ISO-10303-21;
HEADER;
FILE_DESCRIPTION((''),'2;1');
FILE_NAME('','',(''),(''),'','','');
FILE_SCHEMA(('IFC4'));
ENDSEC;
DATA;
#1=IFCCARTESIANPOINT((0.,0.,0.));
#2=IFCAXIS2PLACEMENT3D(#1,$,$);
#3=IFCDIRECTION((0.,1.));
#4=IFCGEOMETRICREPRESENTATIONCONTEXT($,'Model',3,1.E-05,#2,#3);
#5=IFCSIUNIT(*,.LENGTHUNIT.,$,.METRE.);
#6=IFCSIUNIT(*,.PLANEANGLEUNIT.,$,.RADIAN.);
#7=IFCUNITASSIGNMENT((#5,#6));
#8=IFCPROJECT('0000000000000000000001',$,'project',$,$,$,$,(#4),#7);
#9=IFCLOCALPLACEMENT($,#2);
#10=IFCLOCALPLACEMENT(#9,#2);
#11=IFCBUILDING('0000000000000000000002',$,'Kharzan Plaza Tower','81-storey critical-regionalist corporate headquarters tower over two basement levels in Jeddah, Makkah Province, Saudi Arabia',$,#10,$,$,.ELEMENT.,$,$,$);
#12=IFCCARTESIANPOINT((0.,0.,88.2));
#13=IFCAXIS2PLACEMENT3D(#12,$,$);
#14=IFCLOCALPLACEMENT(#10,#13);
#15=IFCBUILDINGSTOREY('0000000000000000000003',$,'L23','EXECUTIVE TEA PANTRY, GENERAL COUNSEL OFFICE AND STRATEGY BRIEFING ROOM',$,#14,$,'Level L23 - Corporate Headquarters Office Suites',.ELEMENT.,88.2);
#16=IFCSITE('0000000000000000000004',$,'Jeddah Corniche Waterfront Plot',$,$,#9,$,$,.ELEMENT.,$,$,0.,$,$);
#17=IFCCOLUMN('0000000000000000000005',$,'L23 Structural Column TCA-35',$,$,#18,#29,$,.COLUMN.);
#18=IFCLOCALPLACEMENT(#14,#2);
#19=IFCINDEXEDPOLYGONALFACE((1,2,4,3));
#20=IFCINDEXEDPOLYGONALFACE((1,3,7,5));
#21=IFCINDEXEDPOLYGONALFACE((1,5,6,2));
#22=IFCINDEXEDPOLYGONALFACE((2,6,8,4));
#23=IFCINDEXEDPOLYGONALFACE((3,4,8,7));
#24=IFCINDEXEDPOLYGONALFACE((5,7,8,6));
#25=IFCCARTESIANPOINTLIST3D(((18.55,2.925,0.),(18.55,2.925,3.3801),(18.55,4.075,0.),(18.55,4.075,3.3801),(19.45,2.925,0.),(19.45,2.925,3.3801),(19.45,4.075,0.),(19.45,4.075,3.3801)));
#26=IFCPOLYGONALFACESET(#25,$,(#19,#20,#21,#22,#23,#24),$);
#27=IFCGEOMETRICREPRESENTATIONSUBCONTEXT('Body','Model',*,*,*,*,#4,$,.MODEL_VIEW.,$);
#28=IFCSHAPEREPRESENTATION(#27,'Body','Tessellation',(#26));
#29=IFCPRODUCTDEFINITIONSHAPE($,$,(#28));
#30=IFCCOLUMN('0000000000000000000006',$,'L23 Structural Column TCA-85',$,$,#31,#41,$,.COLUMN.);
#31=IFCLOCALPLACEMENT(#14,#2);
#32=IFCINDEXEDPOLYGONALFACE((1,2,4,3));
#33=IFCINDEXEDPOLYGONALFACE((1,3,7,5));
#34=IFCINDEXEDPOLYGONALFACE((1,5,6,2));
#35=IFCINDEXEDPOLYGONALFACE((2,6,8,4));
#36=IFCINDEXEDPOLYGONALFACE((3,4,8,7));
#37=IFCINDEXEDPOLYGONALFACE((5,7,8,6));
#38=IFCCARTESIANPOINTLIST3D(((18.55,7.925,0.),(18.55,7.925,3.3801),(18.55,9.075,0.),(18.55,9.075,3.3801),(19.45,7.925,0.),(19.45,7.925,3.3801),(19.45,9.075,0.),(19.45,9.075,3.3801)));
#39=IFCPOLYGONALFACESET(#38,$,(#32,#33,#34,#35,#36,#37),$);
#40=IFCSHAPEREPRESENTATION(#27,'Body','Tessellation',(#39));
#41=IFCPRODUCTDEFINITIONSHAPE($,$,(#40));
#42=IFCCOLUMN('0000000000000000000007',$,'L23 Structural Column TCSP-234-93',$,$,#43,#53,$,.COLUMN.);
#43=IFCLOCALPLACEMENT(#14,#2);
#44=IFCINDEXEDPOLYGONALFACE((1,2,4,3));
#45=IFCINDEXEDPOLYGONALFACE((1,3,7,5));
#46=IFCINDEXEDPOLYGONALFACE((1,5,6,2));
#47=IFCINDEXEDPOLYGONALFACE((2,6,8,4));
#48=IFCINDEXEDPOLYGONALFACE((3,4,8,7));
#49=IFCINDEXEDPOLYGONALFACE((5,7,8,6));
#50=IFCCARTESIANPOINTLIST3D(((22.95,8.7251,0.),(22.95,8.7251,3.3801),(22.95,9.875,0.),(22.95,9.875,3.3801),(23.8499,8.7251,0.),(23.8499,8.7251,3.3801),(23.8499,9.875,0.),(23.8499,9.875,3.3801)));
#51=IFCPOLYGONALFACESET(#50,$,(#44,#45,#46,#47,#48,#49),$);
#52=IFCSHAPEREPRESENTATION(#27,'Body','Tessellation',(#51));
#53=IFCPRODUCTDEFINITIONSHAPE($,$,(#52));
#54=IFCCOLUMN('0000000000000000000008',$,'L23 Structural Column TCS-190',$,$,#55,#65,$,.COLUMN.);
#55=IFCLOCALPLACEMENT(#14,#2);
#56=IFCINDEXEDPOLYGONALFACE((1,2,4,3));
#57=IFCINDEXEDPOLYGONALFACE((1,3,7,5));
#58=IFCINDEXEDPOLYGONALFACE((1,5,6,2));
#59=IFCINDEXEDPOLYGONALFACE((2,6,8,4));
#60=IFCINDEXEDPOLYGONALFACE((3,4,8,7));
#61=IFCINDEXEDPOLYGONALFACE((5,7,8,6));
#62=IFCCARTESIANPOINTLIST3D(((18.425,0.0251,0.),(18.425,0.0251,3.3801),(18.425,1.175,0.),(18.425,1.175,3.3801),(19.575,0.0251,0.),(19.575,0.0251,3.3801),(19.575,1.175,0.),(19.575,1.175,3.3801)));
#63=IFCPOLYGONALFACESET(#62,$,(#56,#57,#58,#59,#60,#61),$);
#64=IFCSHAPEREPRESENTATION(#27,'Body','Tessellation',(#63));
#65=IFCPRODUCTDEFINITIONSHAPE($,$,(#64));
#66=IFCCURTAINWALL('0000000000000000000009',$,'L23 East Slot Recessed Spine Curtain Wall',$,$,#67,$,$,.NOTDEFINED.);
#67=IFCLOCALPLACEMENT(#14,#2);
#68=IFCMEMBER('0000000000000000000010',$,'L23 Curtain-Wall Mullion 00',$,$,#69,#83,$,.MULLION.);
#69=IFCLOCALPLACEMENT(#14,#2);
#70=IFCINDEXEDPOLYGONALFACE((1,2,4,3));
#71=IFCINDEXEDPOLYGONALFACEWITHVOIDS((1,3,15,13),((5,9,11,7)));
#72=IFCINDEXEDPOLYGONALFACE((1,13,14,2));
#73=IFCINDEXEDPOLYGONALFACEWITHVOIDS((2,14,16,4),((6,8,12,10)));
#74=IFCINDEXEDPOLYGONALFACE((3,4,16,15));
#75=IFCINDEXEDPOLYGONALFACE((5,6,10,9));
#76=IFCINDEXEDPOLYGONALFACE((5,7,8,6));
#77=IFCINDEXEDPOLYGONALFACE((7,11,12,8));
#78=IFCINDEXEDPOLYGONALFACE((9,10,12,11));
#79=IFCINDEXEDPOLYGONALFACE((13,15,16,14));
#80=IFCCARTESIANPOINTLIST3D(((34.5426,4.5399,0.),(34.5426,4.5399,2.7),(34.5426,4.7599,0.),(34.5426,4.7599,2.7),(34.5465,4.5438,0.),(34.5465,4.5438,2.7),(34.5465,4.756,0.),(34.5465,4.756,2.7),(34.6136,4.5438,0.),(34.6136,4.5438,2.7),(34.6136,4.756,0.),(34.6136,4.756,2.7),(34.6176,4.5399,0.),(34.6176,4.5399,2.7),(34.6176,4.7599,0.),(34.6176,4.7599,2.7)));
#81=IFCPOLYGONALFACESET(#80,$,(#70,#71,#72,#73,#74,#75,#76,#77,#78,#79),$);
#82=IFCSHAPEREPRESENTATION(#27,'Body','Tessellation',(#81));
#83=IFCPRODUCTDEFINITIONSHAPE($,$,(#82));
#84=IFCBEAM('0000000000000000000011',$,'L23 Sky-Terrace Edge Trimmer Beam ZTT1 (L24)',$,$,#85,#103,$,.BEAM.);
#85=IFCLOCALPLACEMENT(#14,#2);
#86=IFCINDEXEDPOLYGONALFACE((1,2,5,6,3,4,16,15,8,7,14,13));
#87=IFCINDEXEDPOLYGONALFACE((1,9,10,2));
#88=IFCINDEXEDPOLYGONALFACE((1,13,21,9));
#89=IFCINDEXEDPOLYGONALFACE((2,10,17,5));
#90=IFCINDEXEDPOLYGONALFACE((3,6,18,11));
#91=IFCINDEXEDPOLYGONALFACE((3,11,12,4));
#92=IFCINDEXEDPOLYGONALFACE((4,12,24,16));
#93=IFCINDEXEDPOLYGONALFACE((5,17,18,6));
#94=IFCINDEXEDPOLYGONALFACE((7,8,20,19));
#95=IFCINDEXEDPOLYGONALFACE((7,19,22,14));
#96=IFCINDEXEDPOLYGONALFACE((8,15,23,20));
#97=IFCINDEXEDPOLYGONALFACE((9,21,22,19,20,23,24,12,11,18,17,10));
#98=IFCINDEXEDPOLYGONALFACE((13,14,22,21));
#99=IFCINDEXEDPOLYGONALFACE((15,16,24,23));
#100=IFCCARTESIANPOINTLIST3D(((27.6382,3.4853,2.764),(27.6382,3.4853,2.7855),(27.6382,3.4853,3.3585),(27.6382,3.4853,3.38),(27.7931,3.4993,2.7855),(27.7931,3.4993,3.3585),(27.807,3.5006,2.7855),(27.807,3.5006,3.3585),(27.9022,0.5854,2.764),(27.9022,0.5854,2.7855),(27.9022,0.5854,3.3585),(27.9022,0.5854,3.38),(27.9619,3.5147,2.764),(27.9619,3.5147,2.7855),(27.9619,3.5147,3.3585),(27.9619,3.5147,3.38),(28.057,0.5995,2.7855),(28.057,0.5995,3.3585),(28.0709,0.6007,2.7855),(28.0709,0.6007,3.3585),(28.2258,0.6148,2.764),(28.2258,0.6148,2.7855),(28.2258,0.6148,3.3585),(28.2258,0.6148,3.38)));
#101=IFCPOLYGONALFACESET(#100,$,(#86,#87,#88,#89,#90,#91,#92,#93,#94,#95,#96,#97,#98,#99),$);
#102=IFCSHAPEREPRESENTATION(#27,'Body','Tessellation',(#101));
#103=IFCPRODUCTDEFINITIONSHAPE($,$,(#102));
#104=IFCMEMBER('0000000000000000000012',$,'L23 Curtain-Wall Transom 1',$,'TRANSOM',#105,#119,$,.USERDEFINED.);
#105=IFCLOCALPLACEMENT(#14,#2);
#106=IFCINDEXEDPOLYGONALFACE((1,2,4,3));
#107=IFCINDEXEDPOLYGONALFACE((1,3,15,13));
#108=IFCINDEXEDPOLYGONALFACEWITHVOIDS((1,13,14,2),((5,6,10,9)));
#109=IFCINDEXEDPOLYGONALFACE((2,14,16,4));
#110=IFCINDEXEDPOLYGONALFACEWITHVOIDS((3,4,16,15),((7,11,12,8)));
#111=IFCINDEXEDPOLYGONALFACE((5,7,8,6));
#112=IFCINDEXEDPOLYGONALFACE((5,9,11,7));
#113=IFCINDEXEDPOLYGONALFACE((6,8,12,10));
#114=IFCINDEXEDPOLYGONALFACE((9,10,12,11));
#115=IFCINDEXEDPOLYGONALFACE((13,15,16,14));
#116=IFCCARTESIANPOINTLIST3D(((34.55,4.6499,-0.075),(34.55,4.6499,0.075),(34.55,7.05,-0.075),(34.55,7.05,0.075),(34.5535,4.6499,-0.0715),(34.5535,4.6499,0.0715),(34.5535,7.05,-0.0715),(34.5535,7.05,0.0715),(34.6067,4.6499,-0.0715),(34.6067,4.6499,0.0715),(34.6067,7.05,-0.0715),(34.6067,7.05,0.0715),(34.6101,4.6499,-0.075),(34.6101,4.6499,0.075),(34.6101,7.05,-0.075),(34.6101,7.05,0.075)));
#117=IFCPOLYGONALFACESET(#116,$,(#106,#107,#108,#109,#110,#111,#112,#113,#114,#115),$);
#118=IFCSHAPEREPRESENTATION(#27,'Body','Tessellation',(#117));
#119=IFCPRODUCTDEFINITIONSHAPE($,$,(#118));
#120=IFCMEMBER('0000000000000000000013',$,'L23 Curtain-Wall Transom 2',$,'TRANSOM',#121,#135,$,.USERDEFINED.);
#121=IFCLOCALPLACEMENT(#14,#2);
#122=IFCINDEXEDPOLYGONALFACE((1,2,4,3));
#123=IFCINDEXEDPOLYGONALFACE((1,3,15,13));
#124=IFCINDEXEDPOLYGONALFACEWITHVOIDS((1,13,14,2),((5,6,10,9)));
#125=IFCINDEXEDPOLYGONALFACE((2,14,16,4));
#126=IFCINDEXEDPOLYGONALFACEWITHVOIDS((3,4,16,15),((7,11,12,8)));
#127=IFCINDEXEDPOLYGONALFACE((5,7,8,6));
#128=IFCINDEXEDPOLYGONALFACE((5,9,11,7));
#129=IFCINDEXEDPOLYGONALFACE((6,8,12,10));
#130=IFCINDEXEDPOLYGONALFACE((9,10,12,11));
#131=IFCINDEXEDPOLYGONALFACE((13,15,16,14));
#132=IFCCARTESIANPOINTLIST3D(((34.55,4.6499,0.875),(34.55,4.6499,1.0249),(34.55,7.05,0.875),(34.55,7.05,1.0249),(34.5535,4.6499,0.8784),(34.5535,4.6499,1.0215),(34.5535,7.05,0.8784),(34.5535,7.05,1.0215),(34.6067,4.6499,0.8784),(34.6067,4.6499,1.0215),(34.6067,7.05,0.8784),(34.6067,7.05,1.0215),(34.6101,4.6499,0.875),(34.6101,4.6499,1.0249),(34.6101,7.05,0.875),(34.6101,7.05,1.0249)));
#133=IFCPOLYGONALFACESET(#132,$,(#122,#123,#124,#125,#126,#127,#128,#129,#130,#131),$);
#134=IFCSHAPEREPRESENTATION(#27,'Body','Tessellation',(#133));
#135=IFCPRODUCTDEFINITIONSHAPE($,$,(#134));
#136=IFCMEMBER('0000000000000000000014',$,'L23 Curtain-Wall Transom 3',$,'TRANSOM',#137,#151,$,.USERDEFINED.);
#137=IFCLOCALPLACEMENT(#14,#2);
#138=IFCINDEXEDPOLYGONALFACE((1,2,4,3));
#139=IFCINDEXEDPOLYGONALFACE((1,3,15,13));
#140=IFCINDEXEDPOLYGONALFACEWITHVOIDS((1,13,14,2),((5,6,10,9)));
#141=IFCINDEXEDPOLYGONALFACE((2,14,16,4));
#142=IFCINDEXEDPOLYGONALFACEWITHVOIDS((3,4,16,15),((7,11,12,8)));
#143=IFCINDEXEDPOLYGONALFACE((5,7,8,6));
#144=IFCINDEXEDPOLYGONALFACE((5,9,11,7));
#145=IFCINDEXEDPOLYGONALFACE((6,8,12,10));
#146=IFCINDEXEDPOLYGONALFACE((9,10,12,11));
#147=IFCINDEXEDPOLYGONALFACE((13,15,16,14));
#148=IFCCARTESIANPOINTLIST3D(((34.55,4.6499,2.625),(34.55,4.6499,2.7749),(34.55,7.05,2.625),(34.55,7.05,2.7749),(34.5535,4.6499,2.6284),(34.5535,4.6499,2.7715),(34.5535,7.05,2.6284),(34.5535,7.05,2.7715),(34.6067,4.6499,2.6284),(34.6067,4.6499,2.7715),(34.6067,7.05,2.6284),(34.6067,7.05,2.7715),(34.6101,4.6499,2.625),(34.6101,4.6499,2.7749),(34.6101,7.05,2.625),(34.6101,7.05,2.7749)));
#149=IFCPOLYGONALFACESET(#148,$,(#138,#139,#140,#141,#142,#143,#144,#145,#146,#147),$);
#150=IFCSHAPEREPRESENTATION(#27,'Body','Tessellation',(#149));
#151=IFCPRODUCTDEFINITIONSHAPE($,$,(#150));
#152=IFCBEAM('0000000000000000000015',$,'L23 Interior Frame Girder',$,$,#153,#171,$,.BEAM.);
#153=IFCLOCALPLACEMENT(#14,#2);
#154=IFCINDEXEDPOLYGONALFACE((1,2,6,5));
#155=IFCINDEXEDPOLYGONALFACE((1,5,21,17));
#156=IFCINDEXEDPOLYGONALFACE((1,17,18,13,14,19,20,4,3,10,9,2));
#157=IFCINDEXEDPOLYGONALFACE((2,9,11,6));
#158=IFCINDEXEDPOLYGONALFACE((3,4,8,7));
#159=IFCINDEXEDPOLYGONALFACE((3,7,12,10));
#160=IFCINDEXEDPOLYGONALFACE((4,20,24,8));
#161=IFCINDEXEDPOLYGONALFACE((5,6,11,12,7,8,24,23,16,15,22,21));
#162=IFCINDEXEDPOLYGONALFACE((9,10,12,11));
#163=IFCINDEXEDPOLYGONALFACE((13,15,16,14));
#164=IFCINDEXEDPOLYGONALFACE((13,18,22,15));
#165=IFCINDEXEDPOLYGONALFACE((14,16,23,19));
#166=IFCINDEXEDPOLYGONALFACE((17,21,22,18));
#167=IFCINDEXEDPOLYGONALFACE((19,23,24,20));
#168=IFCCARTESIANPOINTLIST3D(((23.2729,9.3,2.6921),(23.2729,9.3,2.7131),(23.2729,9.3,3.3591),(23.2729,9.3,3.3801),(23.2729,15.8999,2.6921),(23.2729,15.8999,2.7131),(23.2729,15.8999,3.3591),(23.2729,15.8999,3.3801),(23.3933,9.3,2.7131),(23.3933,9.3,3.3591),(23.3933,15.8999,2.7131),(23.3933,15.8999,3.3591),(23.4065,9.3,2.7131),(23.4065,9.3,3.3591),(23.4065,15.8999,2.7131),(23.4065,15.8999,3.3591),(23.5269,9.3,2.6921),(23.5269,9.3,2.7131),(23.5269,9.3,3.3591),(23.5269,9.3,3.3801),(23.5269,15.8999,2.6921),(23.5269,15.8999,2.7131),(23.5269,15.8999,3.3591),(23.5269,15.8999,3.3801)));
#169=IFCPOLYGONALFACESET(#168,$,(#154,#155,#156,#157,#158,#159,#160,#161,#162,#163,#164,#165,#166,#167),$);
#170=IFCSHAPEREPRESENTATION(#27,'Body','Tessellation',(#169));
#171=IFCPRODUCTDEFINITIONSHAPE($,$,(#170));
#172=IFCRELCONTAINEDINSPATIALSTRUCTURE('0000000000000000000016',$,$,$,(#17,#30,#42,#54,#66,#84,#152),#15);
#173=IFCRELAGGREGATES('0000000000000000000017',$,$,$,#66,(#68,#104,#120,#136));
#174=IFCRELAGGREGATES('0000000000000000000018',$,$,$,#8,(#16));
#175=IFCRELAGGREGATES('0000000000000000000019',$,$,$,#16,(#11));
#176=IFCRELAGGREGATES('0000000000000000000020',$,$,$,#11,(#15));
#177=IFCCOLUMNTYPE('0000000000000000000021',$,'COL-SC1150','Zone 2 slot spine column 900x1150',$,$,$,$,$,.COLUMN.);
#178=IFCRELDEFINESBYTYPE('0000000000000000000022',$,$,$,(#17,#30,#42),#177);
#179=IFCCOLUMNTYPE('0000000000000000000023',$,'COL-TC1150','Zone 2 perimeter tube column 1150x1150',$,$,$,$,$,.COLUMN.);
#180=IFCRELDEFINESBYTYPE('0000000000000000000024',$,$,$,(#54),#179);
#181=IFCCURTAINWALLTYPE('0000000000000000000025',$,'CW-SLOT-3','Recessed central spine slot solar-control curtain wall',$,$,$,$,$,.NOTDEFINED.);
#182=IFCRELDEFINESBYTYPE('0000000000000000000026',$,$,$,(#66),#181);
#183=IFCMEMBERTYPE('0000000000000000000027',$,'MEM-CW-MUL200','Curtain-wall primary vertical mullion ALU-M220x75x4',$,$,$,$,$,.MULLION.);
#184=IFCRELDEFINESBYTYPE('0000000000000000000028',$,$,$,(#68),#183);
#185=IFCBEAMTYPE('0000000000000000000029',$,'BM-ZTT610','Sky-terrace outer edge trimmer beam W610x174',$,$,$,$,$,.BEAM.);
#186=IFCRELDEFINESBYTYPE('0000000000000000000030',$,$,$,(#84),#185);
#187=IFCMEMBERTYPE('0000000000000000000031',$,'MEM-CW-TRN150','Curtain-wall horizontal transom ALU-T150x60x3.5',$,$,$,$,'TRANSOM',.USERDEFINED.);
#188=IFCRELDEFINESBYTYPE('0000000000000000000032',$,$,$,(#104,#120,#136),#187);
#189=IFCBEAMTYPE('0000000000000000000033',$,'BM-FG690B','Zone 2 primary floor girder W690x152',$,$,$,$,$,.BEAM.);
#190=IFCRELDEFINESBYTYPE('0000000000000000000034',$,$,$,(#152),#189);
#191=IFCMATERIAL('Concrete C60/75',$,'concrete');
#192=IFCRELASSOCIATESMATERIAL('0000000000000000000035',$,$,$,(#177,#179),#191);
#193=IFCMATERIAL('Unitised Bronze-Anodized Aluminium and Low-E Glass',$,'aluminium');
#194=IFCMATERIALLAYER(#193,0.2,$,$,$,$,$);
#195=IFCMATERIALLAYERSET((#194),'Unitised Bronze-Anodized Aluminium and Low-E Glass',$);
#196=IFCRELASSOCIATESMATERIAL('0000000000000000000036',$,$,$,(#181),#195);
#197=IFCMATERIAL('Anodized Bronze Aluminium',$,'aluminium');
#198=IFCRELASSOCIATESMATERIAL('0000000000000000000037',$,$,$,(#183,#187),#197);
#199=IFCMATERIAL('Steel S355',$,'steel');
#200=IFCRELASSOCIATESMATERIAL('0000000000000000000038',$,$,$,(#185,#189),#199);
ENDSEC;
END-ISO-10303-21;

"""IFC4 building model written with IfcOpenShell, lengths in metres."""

from ifc_helpers import new_model, si_unit, direction, frame, origin, origin_2d, place, context, subcontext, project, spatial, rectangle, hollow_rectangle, i_section, extrude, source, transform, mapped, material, layer, layer_set, material_profile, profile_set, type_object, element, aggregate, save


model = new_model("IFC4")

# Units and contexts
model_context = context("Model", 3, precision=1e-05, world=origin(), true_north=direction((0.0, 1.0)))
body_context = subcontext(model_context, "Body", "Model", "MODEL_VIEW")
ifc_project = project(units=[si_unit("LENGTHUNIT", "METRE"), si_unit("PLANEANGLEUNIT", "RADIAN")], contexts=[model_context])

# Site, building, storey
site_placement = place(None, origin())
site = spatial("IfcSite", under=ifc_project, at=site_placement, Name="Jeddah Corniche Waterfront Plot", CompositionType="ELEMENT", RefElevation=0.0)
building_placement = place(site_placement, origin())
building = spatial("IfcBuilding", under=site, at=building_placement, Name="Kharzan Plaza Tower", Description="81-storey critical-regionalist corporate headquarters tower over two basement levels in Jeddah, Makkah Province, Saudi Arabia", CompositionType="ELEMENT")
storey_placement = place(building_placement, frame((0.0, 0.0, 88.2)))
storey = spatial("IfcBuildingStorey", under=building, at=storey_placement, Name="L23", Description="EXECUTIVE TEA PANTRY, GENERAL COUNSEL OFFICE AND STRATEGY BRIEFING ROOM", LongName="Level L23 - Corporate Headquarters Office Suites", CompositionType="ELEMENT", Elevation=88.2)

# Columns
ifc_material_1 = material(Name="Concrete C60/75", Category="concrete")
ifc_material_profile_1 = material_profile(ifc_material_1, rectangle(XDim=0.8999, YDim=1.1499, at=origin_2d()), Name="RC-SC1150x900")
ifc_profile_set_1 = profile_set([ifc_material_profile_1], Name="Concrete C60/75")
column_type_1 = type_object("IfcColumnType", Name="COL-SC1150", Description="Zone 2 slot spine column 900x1150", PredefinedType="COLUMN", material=ifc_profile_set_1)
shared_shape_1 = source(origin(), body_context, "Body", "SweptSolid", [
    extrude(rectangle(XDim=0.8999, YDim=1.1499, at=origin_2d()), origin(), (0.0, 0.0, 1.0), 3.3801),
])
for number, where, z_axis, x_axis, name in (
    (1, (19.0, 3.5, 0.0), (0.0, 0.0, 1.0), (1.0, 0.0, 0.0), "L23 Structural Column TCA-35"),
    (2, (19.0, 8.5, 0.0), (0.0, 0.0, 1.0), (1.0, 0.0, 0.0), "L23 Structural Column TCA-85"),
    (3, (23.3999, 9.3, 0.0), (0.0, 0.0, 1.0), (1.0, 0.0, 0.0), "L23 Structural Column TCSP-234-93"),
):
    element("IfcColumn", number, at=place(storey_placement, frame(where, z_axis=z_axis, x_axis=x_axis)), inside=storey, type_object=column_type_1, Name=name, PredefinedType="COLUMN", context=body_context, shape_type="MappedRepresentation", body=[
        mapped(shared_shape_1, transform((0.0, 0.0, 0.0), x_axis=(1.0, 0.0, 0.0), y_axis=(0.0, 1.0, 0.0), z_axis=(0.0, 0.0, 1.0))),
    ])
ifc_material_profile_2 = material_profile(ifc_material_1, rectangle(XDim=1.1499, YDim=1.1499, at=origin_2d()), Name="RC-TC1150x1150")
ifc_profile_set_2 = profile_set([ifc_material_profile_2], Name="Concrete C60/75")
column_type_2 = type_object("IfcColumnType", Name="COL-TC1150", Description="Zone 2 perimeter tube column 1150x1150", PredefinedType="COLUMN", material=ifc_profile_set_2)
shared_shape_2 = source(origin(), body_context, "Body", "SweptSolid", [
    extrude(rectangle(XDim=1.1499, YDim=1.1499, at=origin_2d()), origin(), (0.0, 0.0, 1.0), 3.3801),
])
column_placement = place(storey_placement, frame((19.0, 0.6001, 0.0), z_axis=(0.0, 0.0, 1.0), x_axis=(1.0, 0.0, 0.0)))
element("IfcColumn", 4, at=column_placement, inside=storey, type_object=column_type_2, Name="L23 Structural Column TCS-190", PredefinedType="COLUMN", context=body_context, shape_type="MappedRepresentation", body=[
    mapped(shared_shape_2, transform((0.0, 0.0, 0.0), x_axis=(1.0, 0.0, 0.0), y_axis=(0.0, 1.0, 0.0), z_axis=(0.0, 0.0, 1.0))),
])

# Curtain wall, member
ifc_material_2 = material(Name="Unitised Bronze-Anodized Aluminium and Low-E Glass", Category="aluminium")
ifc_layer_1 = layer(ifc_material_2, 0.2)
ifc_layer_set_1 = layer_set([ifc_layer_1], Name="Unitised Bronze-Anodized Aluminium and Low-E Glass")
curtain_wall_type = type_object("IfcCurtainWallType", Name="CW-SLOT-3", Description="Recessed central spine slot solar-control curtain wall", PredefinedType="NOTDEFINED", material=ifc_layer_set_1)
curtain_wall_placement = place(storey_placement, origin())
curtain_wall = element("IfcCurtainWall", 5, at=curtain_wall_placement, inside=storey, type_object=curtain_wall_type, Name="L23 East Slot Recessed Spine Curtain Wall", PredefinedType="NOTDEFINED")
ifc_material_3 = material(Name="Anodized Bronze Aluminium", Category="aluminium")
ifc_material_profile_3 = material_profile(ifc_material_3, hollow_rectangle(XDim=0.075, YDim=0.22, WallThickness=0.0039, at=origin_2d()), Name="ALU-M220x75x4")
ifc_profile_set_3 = profile_set([ifc_material_profile_3], Name="Anodized Bronze Aluminium")
member_type_1 = type_object("IfcMemberType", Name="MEM-CW-MUL200", Description="Curtain-wall primary vertical mullion ALU-M220x75x4", PredefinedType="MULLION", material=ifc_profile_set_3)
shared_shape_3 = source(origin(), body_context, "Body", "SweptSolid", [
    extrude(hollow_rectangle(XDim=0.075, YDim=0.22, WallThickness=0.0039, at=origin_2d()), origin(), (0.0, 0.0, 1.0), 2.7),
])
member_1_placement = place(storey_placement, frame((34.5801, 4.6499, 0.0), z_axis=(0.0, 0.0, 1.0), x_axis=(1.0, 0.0, 0.0)))
member_1 = element("IfcMember", 6, at=member_1_placement, type_object=member_type_1, Name="L23 Curtain-Wall Mullion 00", PredefinedType="MULLION", context=body_context, shape_type="MappedRepresentation", body=[
    mapped(shared_shape_3, transform((0.0, 0.0, 0.0), x_axis=(1.0, 0.0, 0.0), y_axis=(0.0, 1.0, 0.0), z_axis=(0.0, 0.0, 1.0))),
])

# Beam
ifc_material_4 = material(Name="Steel S355", Category="steel")
ifc_material_profile_4 = material_profile(ifc_material_4, i_section(OverallWidth=0.325, OverallDepth=0.616, WebThickness=0.0139, FlangeThickness=0.0215, at=origin_2d()), Name="W610x174")
ifc_profile_set_4 = profile_set([ifc_material_profile_4], Name="Steel S355")
beam_type_1 = type_object("IfcBeamType", Name="BM-ZTT610", Description="Sky-terrace outer edge trimmer beam W610x174", PredefinedType="BEAM", material=ifc_profile_set_4)
shared_shape_4 = source(origin(), body_context, "Body", "SweptSolid", [
    extrude(i_section(OverallWidth=0.325, OverallDepth=0.616, WebThickness=0.0139, FlangeThickness=0.0215, at=origin_2d()), origin(), (0.0, 0.0, 1.0), 2.9119),
])
beam_1_placement = place(storey_placement, frame((28.064, 0.6001, 3.072), z_axis=(-0.090634, 0.995884, 0.0), x_axis=(-0.995884, -0.090634, 0.0)))
element("IfcBeam", 7, at=beam_1_placement, inside=storey, type_object=beam_type_1, Name="L23 Sky-Terrace Edge Trimmer Beam ZTT1 (L24)", PredefinedType="BEAM", context=body_context, shape_type="MappedRepresentation", body=[
    mapped(shared_shape_4, transform((0.0, 0.0, 0.0), x_axis=(1.0, 0.0, 0.0), y_axis=(0.0, 1.0, 0.0), z_axis=(0.0, 0.0, 1.0))),
])

# Members
ifc_material_profile_5 = material_profile(ifc_material_3, hollow_rectangle(XDim=0.0601, YDim=0.1499, WallThickness=0.0034, at=origin_2d()), Name="ALU-T150x60x3.5")
ifc_profile_set_5 = profile_set([ifc_material_profile_5], Name="Anodized Bronze Aluminium")
member_type_2 = type_object("IfcMemberType", Name="MEM-CW-TRN150", Description="Curtain-wall horizontal transom ALU-T150x60x3.5", ElementType="TRANSOM", PredefinedType="USERDEFINED", material=ifc_profile_set_5)
shared_shape_5 = source(origin(), body_context, "Body", "SweptSolid", [
    extrude(hollow_rectangle(XDim=0.0601, YDim=0.1499, WallThickness=0.0034, at=origin_2d()), origin(), (0.0, 0.0, 1.0), 2.4001),
])
member_2_placement = place(storey_placement, frame((34.5801, 4.6499, 0.0), z_axis=(0.0, 1.0, 0.0), x_axis=(-1.0, 0.0, 0.0)))
member_2 = element("IfcMember", 8, at=member_2_placement, type_object=member_type_2, Name="L23 Curtain-Wall Transom 1", ObjectType="TRANSOM", PredefinedType="USERDEFINED", context=body_context, shape_type="MappedRepresentation", body=[
    mapped(shared_shape_5, transform((0.0, 0.0, 0.0), x_axis=(1.0, 0.0, 0.0), y_axis=(0.0, 1.0, 0.0), z_axis=(0.0, 0.0, 1.0))),
])
member_3_placement = place(storey_placement, frame((34.5801, 4.6499, 0.95), z_axis=(0.0, 1.0, 0.0), x_axis=(-1.0, 0.0, 0.0)))
member_3 = element("IfcMember", 9, at=member_3_placement, type_object=member_type_2, Name="L23 Curtain-Wall Transom 2", ObjectType="TRANSOM", PredefinedType="USERDEFINED", context=body_context, shape_type="MappedRepresentation", body=[
    mapped(shared_shape_5, transform((0.0, 0.0, 0.0), x_axis=(1.0, 0.0, 0.0), y_axis=(0.0, 1.0, 0.0), z_axis=(0.0, 0.0, 1.0))),
])
member_4_placement = place(storey_placement, frame((34.5801, 4.6499, 2.7), z_axis=(0.0, 1.0, 0.0), x_axis=(-1.0, 0.0, 0.0)))
member_4 = element("IfcMember", 10, at=member_4_placement, type_object=member_type_2, Name="L23 Curtain-Wall Transom 3", ObjectType="TRANSOM", PredefinedType="USERDEFINED", context=body_context, shape_type="MappedRepresentation", body=[
    mapped(shared_shape_5, transform((0.0, 0.0, 0.0), x_axis=(1.0, 0.0, 0.0), y_axis=(0.0, 1.0, 0.0), z_axis=(0.0, 0.0, 1.0))),
])
aggregate(curtain_wall, [member_1, member_2, member_3, member_4])

# Beam
ifc_material_profile_6 = material_profile(ifc_material_4, i_section(OverallWidth=0.2539, OverallDepth=0.688, WebThickness=0.0132, FlangeThickness=0.021, at=origin_2d()), Name="W690x152")
ifc_profile_set_6 = profile_set([ifc_material_profile_6], Name="Steel S355")
beam_type_2 = type_object("IfcBeamType", Name="BM-FG690B", Description="Zone 2 primary floor girder W690x152", PredefinedType="BEAM", material=ifc_profile_set_6)
shared_shape_6 = source(origin(), body_context, "Body", "SweptSolid", [
    extrude(i_section(OverallWidth=0.2539, OverallDepth=0.688, WebThickness=0.0132, FlangeThickness=0.021, at=origin_2d()), origin(), (0.0, 0.0, 1.0), 6.5999),
])
for number, where, z_axis, x_axis, name in (
    (11, (23.3999, 9.3, 3.0361), (0.0, 1.0, 0.0), (-1.0, 0.0, 0.0), "L23 Interior Frame Girder"),
):
    element("IfcBeam", number, at=place(storey_placement, frame(where, z_axis=z_axis, x_axis=x_axis)), inside=storey, type_object=beam_type_2, Name=name, PredefinedType="BEAM", context=body_context, shape_type="MappedRepresentation", body=[
        mapped(shared_shape_6, transform((0.0, 0.0, 0.0), x_axis=(1.0, 0.0, 0.0), y_axis=(0.0, 1.0, 0.0), z_axis=(0.0, 0.0, 1.0))),
    ])

save(model, "model.ifc")
